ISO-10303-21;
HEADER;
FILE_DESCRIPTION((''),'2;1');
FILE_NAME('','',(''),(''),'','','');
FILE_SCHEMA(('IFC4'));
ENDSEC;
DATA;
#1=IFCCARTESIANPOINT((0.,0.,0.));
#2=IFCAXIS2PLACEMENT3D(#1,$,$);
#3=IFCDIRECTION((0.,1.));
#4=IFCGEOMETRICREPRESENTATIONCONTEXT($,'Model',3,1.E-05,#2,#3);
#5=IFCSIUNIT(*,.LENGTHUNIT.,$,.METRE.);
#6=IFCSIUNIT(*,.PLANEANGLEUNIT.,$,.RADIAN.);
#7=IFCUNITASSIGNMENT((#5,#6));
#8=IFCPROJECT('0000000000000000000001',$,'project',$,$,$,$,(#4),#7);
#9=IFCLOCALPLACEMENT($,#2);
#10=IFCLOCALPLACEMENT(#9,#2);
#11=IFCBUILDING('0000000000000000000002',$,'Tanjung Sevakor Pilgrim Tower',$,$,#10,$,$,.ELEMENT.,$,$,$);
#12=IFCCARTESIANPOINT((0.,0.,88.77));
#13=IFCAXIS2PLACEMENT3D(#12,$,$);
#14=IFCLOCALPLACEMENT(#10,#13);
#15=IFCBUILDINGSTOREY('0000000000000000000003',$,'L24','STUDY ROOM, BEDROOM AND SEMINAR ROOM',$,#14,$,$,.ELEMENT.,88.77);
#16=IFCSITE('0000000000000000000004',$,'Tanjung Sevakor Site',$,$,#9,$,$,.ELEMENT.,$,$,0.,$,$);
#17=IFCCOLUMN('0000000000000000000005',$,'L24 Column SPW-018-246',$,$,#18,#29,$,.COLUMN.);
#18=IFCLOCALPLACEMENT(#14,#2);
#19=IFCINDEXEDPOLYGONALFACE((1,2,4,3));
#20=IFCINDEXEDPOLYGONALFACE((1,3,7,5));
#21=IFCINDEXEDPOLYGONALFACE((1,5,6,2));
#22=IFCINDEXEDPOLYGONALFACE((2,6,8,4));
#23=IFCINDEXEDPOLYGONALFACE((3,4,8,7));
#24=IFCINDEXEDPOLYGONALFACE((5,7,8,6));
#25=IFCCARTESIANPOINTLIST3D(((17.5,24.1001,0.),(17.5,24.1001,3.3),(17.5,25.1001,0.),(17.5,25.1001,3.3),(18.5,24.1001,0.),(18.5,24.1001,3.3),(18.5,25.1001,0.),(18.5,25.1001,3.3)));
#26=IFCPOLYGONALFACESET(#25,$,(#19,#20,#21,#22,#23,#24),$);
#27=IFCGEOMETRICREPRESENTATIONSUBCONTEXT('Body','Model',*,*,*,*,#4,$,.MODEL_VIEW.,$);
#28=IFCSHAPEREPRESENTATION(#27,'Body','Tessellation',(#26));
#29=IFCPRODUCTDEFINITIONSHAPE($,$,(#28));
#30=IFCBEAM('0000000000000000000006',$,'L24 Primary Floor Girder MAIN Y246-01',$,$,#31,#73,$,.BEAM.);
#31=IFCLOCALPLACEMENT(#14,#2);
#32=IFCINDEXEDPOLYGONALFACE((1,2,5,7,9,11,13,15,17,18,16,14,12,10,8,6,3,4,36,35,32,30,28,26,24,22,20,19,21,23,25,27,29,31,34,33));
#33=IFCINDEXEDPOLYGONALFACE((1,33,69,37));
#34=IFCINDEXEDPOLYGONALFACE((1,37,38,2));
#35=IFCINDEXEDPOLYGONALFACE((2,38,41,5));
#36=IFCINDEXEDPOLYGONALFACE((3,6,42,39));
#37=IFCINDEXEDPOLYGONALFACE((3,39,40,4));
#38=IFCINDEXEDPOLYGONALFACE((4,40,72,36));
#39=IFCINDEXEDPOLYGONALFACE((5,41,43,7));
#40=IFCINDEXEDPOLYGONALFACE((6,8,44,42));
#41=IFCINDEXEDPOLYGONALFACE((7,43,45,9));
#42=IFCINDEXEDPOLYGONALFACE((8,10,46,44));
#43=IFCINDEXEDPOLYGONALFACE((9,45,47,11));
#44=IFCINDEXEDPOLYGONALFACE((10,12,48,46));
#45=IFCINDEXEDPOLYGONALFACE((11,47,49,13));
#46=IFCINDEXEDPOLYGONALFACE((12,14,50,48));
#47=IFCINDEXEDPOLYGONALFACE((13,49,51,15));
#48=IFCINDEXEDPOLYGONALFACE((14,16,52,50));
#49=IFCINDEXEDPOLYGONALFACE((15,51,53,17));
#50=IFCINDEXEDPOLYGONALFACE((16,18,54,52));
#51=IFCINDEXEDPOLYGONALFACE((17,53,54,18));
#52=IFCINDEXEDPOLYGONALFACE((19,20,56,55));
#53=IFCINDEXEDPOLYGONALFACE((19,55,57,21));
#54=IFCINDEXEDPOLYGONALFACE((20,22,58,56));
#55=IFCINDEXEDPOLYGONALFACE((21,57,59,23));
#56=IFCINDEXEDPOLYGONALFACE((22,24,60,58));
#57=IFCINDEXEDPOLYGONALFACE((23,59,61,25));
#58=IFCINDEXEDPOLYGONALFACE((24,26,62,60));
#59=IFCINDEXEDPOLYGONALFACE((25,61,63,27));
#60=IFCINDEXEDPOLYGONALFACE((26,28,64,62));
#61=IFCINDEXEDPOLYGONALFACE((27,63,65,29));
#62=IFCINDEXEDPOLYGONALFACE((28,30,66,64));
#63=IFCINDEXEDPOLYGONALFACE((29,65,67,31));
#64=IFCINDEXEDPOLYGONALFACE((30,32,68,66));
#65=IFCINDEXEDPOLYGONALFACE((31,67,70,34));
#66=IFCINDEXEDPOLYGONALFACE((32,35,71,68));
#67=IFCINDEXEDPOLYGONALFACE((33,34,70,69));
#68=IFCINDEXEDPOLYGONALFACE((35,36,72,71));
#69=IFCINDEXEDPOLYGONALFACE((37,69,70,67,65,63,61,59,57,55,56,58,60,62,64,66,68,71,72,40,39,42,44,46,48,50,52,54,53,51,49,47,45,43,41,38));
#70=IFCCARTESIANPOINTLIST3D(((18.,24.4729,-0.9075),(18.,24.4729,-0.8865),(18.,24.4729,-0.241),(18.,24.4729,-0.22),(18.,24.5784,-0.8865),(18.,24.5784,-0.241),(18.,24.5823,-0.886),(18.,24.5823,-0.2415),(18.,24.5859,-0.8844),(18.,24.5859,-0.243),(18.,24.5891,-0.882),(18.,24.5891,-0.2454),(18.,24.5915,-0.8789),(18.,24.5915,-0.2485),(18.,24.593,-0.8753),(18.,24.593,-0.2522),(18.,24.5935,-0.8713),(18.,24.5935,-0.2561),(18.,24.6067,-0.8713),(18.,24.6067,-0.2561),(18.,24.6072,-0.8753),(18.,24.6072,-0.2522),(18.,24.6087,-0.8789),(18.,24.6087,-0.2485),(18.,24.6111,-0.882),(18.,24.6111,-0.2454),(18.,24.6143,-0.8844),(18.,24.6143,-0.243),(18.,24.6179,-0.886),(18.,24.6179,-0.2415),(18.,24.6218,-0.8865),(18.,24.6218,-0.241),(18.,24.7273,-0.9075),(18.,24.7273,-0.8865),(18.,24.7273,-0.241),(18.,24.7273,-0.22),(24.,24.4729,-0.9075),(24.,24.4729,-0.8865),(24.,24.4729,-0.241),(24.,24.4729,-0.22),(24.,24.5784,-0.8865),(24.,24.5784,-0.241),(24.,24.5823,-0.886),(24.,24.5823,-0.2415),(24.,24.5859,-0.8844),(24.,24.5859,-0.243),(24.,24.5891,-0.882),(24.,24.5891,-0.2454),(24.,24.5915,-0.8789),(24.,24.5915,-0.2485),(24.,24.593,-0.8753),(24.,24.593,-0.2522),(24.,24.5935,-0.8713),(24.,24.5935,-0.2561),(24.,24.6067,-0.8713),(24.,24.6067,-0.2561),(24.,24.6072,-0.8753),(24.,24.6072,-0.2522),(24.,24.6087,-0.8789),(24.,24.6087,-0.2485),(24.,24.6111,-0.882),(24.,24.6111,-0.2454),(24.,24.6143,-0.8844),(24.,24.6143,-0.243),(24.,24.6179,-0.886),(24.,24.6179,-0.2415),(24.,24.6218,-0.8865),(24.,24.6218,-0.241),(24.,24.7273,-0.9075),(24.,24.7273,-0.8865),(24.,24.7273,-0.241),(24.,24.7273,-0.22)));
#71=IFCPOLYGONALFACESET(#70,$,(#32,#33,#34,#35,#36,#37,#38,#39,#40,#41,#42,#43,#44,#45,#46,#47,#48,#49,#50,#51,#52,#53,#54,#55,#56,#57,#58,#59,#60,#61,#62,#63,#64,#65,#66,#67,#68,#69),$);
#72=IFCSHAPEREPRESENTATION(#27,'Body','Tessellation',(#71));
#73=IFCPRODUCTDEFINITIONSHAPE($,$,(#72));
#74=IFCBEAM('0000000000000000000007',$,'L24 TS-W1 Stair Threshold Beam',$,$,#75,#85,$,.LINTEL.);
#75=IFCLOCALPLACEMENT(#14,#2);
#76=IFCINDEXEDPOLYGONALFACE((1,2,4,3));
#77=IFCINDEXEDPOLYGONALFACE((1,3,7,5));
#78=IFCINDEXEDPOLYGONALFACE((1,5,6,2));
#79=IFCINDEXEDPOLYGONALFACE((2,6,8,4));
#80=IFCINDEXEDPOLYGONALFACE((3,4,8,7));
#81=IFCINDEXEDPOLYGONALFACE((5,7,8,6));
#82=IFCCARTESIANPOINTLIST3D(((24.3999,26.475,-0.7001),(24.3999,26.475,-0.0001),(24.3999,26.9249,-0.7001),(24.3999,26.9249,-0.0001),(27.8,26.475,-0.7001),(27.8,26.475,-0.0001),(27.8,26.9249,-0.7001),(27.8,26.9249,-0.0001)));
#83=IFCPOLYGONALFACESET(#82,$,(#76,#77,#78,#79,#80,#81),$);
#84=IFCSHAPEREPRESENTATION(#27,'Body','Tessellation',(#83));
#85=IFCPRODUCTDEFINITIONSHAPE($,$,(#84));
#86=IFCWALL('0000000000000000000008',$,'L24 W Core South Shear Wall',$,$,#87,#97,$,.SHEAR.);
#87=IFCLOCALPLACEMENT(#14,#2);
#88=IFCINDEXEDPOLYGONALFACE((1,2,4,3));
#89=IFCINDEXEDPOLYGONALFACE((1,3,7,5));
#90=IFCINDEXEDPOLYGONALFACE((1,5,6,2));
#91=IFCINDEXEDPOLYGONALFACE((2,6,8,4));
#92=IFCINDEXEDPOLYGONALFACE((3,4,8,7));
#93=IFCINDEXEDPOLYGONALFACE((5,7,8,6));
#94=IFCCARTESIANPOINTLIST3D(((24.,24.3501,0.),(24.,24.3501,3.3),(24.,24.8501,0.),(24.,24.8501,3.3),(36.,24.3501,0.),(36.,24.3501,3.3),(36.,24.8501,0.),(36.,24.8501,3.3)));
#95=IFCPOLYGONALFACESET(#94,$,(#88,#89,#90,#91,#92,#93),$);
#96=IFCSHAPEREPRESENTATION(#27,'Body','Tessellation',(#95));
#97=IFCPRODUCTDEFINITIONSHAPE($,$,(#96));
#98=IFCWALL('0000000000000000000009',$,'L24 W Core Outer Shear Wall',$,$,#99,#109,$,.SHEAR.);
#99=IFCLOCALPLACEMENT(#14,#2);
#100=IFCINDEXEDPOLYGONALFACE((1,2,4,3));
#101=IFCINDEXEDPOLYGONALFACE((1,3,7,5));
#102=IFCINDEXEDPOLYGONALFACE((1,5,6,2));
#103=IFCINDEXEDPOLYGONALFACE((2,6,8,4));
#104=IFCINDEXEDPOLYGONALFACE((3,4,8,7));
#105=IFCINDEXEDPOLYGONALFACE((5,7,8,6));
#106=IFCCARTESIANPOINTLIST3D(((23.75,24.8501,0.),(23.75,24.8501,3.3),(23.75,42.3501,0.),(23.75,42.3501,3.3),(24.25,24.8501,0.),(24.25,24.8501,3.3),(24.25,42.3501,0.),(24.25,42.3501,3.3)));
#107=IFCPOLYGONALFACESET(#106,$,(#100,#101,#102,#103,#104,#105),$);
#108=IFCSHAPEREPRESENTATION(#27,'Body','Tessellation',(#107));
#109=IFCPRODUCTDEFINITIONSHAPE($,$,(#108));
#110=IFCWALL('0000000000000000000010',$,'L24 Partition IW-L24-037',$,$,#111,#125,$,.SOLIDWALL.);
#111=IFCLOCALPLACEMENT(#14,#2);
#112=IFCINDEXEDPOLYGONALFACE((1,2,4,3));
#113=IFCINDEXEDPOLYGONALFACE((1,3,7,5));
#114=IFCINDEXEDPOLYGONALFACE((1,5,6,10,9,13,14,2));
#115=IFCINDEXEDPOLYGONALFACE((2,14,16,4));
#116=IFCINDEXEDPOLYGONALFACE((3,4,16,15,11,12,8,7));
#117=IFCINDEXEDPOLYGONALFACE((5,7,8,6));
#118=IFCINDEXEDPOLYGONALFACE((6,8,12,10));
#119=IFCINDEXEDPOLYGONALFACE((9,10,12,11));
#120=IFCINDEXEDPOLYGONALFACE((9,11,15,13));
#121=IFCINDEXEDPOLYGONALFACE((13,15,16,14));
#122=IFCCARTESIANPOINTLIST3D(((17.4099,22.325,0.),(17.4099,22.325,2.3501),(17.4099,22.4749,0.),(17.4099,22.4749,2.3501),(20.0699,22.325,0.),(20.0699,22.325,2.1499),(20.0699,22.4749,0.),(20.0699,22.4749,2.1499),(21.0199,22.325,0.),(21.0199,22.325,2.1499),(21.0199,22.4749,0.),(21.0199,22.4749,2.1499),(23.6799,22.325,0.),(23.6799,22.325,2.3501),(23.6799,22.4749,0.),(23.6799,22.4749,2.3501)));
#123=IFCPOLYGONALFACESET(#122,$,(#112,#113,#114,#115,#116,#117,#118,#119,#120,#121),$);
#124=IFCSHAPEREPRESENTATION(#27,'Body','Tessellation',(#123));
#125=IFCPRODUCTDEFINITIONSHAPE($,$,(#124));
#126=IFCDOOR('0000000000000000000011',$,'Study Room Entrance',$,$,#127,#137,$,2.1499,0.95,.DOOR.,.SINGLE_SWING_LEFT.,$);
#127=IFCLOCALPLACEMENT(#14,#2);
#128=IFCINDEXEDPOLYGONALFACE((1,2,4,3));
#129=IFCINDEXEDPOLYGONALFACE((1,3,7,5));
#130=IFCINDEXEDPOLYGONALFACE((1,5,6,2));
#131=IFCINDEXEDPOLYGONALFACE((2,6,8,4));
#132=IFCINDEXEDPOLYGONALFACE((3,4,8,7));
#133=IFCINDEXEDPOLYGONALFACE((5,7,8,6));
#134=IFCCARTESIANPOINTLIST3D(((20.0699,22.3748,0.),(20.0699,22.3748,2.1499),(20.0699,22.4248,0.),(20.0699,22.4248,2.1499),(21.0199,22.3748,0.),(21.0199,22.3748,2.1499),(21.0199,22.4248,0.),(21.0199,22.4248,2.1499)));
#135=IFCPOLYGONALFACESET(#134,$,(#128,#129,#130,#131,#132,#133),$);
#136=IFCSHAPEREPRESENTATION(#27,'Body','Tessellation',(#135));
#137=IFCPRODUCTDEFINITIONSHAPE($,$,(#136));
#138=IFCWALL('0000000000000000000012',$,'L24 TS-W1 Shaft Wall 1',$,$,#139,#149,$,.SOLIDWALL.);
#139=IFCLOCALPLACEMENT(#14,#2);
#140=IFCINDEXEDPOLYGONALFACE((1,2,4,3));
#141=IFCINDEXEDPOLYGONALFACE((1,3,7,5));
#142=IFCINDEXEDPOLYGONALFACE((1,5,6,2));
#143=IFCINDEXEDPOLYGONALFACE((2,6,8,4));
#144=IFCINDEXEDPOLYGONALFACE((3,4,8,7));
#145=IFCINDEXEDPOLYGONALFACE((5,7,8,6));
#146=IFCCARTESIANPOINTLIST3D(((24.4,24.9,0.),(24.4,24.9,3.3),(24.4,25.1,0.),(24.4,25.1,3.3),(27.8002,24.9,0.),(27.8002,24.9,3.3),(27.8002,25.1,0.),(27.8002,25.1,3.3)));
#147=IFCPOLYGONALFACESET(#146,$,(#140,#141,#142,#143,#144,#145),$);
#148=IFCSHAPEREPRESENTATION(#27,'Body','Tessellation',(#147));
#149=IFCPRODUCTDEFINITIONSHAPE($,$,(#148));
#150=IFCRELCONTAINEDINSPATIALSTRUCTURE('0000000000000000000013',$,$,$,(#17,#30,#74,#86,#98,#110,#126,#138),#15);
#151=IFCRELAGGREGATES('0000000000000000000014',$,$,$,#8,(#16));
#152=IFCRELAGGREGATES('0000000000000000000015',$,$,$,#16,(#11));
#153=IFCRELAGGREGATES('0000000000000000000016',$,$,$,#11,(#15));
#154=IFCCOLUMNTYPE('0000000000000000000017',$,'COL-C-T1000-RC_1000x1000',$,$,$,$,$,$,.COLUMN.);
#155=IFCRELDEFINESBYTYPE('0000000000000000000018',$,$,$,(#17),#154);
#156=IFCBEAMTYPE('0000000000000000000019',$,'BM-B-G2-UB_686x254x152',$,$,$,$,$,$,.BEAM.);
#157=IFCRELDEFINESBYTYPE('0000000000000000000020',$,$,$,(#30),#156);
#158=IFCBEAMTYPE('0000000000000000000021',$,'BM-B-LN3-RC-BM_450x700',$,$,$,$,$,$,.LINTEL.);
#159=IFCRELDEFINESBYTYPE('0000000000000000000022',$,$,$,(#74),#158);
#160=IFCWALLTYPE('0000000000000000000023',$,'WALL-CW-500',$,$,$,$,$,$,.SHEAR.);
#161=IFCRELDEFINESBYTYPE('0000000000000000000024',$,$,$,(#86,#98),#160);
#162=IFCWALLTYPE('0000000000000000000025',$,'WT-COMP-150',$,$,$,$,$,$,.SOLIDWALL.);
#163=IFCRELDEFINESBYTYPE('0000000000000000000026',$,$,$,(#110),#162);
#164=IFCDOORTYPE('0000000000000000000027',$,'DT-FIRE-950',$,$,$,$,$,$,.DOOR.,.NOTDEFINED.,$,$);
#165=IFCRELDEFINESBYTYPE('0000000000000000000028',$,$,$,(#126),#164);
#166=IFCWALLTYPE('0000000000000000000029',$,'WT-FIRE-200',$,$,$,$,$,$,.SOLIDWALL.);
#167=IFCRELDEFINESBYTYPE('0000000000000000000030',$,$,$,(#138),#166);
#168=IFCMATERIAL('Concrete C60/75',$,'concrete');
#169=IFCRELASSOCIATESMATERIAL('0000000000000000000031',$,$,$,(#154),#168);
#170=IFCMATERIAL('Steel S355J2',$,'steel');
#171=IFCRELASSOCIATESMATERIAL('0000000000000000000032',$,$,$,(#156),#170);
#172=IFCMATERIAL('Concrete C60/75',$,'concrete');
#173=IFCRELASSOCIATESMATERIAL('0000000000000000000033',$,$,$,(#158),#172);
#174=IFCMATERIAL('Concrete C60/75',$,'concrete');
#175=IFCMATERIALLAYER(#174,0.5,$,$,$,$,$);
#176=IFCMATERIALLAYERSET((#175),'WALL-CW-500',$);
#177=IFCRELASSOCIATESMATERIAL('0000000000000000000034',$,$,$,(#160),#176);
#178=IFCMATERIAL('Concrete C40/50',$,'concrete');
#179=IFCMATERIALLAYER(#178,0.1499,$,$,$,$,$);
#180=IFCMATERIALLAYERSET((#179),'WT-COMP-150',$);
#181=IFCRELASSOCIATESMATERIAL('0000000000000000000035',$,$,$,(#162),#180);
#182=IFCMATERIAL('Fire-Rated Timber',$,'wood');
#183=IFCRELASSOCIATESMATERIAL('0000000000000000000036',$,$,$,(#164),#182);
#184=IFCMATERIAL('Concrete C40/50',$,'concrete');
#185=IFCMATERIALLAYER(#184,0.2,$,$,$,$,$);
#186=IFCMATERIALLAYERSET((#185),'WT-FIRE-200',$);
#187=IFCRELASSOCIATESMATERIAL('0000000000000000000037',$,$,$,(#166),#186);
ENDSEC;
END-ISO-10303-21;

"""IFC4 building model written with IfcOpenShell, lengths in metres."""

from ifc_helpers import new_model, si_unit, direction, frame, frame_2d, origin, origin_2d, place, context, subcontext, project, spatial, rectangle, i_section, extrude, material, layer, layer_set, material_profile, profile_set, type_object, element, fill, save


model = new_model("IFC4")

# Units and contexts
model_context = context("Model", 3, precision=1e-05, world=origin(), true_north=direction((0.0, 1.0)))
body_context = subcontext(model_context, "Body", "Model", "MODEL_VIEW")
ifc_project = project(units=[si_unit("LENGTHUNIT", "METRE"), si_unit("PLANEANGLEUNIT", "RADIAN")], contexts=[model_context])

# Site, building, storey
site_placement = place(None, origin())
site = spatial("IfcSite", under=ifc_project, at=site_placement, Name="Tanjung Sevakor Site", CompositionType="ELEMENT", RefElevation=0.0)
building_placement = place(site_placement, origin())
building = spatial("IfcBuilding", under=site, at=building_placement, Name="Tanjung Sevakor Pilgrim Tower", CompositionType="ELEMENT")
storey_placement = place(building_placement, frame((0.0, 0.0, 88.77)))
storey = spatial("IfcBuildingStorey", under=building, at=storey_placement, Name="L24", Description="STUDY ROOM, BEDROOM AND SEMINAR ROOM", CompositionType="ELEMENT", Elevation=88.77)

# Column
ifc_material_1 = material(Name="Concrete C60/75", Category="concrete")
ifc_material_profile_1 = material_profile(ifc_material_1, rectangle(XDim=1.0, YDim=1.0, at=origin_2d()))
ifc_profile_set_1 = profile_set([ifc_material_profile_1], Name="Concrete C60/75")
column_type = type_object("IfcColumnType", Name="COL-C-T1000-RC_1000x1000", PredefinedType="COLUMN", material=ifc_profile_set_1)
column_placement = place(storey_placement, frame((18.0, 24.6001, 0.0), z_axis=(0.0, 0.0, 1.0), x_axis=(1.0, 0.0, 0.0)))
element("IfcColumn", 1, at=column_placement, inside=storey, type_object=column_type, Name="L24 Column SPW-018-246", PredefinedType="COLUMN", context=body_context, shape_type="SweptSolid", body=[
    extrude(rectangle(XDim=1.0, YDim=1.0, at=origin_2d()), origin(), (0.0, 0.0, 1.0), 3.3),
])

# Beams
ifc_material_2 = material(Name="Steel S355J2", Category="steel")
ifc_material_profile_2 = material_profile(ifc_material_2, i_section(OverallWidth=0.2544, OverallDepth=0.6875, WebThickness=0.0132, FlangeThickness=0.021, FilletRadius=0.0151, at=origin_2d()))
ifc_profile_set_2 = profile_set([ifc_material_profile_2], Name="Steel S355J2")
beam_type_1 = type_object("IfcBeamType", Name="BM-B-G2-UB_686x254x152", PredefinedType="BEAM", material=ifc_profile_set_2)
beam_1_placement = place(storey_placement, frame((18.0, 24.6001, -0.5637), z_axis=(1.0, 0.0, 0.0), x_axis=(0.0, 1.0, 0.0)))
element("IfcBeam", 2, at=beam_1_placement, inside=storey, type_object=beam_type_1, Name="L24 Primary Floor Girder MAIN Y246-01", PredefinedType="BEAM", context=body_context, shape_type="SweptSolid", body=[
    extrude(i_section(OverallWidth=0.2544, OverallDepth=0.6875, WebThickness=0.0132, FlangeThickness=0.021, FilletRadius=0.0151, at=origin_2d()), origin(), (0.0, 0.0, 1.0), 6.0),
])
ifc_material_3 = material(Name="Concrete C60/75", Category="concrete")
ifc_material_profile_3 = material_profile(ifc_material_3, rectangle(XDim=0.45, YDim=0.7, at=origin_2d()))
ifc_profile_set_3 = profile_set([ifc_material_profile_3], Name="Concrete C60/75")
beam_type_2 = type_object("IfcBeamType", Name="BM-B-LN3-RC-BM_450x700", PredefinedType="LINTEL", material=ifc_profile_set_3)
beam_2_placement = place(storey_placement, frame((24.3999, 26.7, -0.3501), z_axis=(1.0, 0.0, 0.0), x_axis=(0.0, 1.0, 0.0)))
element("IfcBeam", 3, at=beam_2_placement, inside=storey, type_object=beam_type_2, Name="L24 TS-W1 Stair Threshold Beam", PredefinedType="LINTEL", context=body_context, shape_type="SweptSolid", body=[
    extrude(rectangle(XDim=0.45, YDim=0.7, at=origin_2d()), origin(), (0.0, 0.0, 1.0), 3.4001),
])

# Walls
ifc_material_4 = material(Name="Concrete C60/75", Category="concrete")
ifc_layer_1 = layer(ifc_material_4, 0.5)
ifc_layer_set_1 = layer_set([ifc_layer_1], Name="WALL-CW-500")
wall_type_1 = type_object("IfcWallType", Name="WALL-CW-500", PredefinedType="SHEAR", material=ifc_layer_set_1)
wall_1_placement = place(storey_placement, frame((24.0, 24.6001, 0.0), z_axis=(0.0, 0.0, 1.0), x_axis=(1.0, 0.0, 0.0)))
element("IfcWall", 4, at=wall_1_placement, inside=storey, type_object=wall_type_1, Name="L24 W Core South Shear Wall", PredefinedType="SHEAR", context=body_context, shape_type="SweptSolid", body=[
    extrude(rectangle(XDim=12.0, YDim=0.5, at=frame_2d((6.0, 0.0))), origin(), (0.0, 0.0, 1.0), 3.3),
])
wall_2_placement = place(storey_placement, frame((24.0, 24.8501, 0.0), z_axis=(0.0, 0.0, 1.0), x_axis=(0.0, 1.0, 0.0)))
element("IfcWall", 5, at=wall_2_placement, inside=storey, type_object=wall_type_1, Name="L24 W Core Outer Shear Wall", PredefinedType="SHEAR", context=body_context, shape_type="SweptSolid", body=[
    extrude(rectangle(XDim=17.5, YDim=0.5, at=frame_2d((8.75, 0.0))), origin(), (0.0, 0.0, 1.0), 3.3),
])

# Wall, opening, door
ifc_material_5 = material(Name="Concrete C40/50", Category="concrete")
ifc_layer_2 = layer(ifc_material_5, 0.1499)
ifc_layer_set_2 = layer_set([ifc_layer_2], Name="WT-COMP-150")
wall_type_2 = type_object("IfcWallType", Name="WT-COMP-150", PredefinedType="SOLIDWALL", material=ifc_layer_set_2)
wall_3_placement = place(storey_placement, frame((17.4099, 22.3999, 0.0), z_axis=(0.0, 0.0, 1.0), x_axis=(1.0, 0.0, 0.0)))
wall_3 = element("IfcWall", 6, at=wall_3_placement, inside=storey, type_object=wall_type_2, Name="L24 Partition IW-L24-037", PredefinedType="SOLIDWALL", context=body_context, shape_type="SweptSolid", body=[
    extrude(rectangle(XDim=6.27, YDim=0.1499, at=frame_2d((3.135, 0.0))), origin(), (0.0, 0.0, 1.0), 2.3501),
])
opening_1_placement = place(wall_3_placement, frame((2.6599, 0.0, 0.0)))
opening_1 = element("IfcOpeningElement", 7, at=opening_1_placement, cuts=wall_3, PredefinedType="OPENING", context=body_context, shape_type="SweptSolid", body=[
    extrude(rectangle(XDim=0.95, YDim=2.1499, at=frame_2d((0.4751, 1.075))), frame((0.0, 0.085, 0.0), z_axis=(0.0, -1.0, 0.0), x_axis=(1.0, 0.0, 0.0)), (0.0, 0.0, 1.0), 0.1699),
])
ifc_material_6 = material(Name="Fire-Rated Timber", Category="wood")
door_type_1 = type_object("IfcDoorType", Name="DT-FIRE-950", OperationType="NOTDEFINED", PredefinedType="DOOR", material=ifc_material_6)
door_1_placement = place(opening_1_placement, origin())
door_1 = element("IfcDoor", 8, at=door_1_placement, inside=storey, type_object=door_type_1, Name="Study Room Entrance", OperationType="SINGLE_SWING_LEFT", OverallHeight=2.1499, OverallWidth=0.95, PredefinedType="DOOR", context=body_context, shape_type="SweptSolid", body=[
    extrude(rectangle(XDim=0.95, YDim=2.1499, at=frame_2d((0.4751, 1.075))), frame((0.0, 0.0249, 0.0), z_axis=(0.0, -1.0, 0.0), x_axis=(1.0, 0.0, 0.0)), (0.0, 0.0, 1.0), 0.05),
])
fill(opening_1, door_1)

# Wall
ifc_material_7 = material(Name="Concrete C40/50", Category="concrete")
ifc_layer_3 = layer(ifc_material_7, 0.2)
ifc_layer_set_3 = layer_set([ifc_layer_3], Name="WT-FIRE-200")
wall_type_3 = type_object("IfcWallType", Name="WT-FIRE-200", PredefinedType="SOLIDWALL", material=ifc_layer_set_3)
wall_4_placement = place(storey_placement, frame((24.3999, 25.0, 0.0), z_axis=(0.0, 0.0, 1.0), x_axis=(1.0, 0.0, 0.0)))
element("IfcWall", 9, at=wall_4_placement, inside=storey, type_object=wall_type_3, Name="L24 TS-W1 Shaft Wall 1", PredefinedType="SOLIDWALL", context=body_context, shape_type="SweptSolid", body=[
    extrude(rectangle(XDim=3.4001, YDim=0.2, at=frame_2d((1.7002, 0.0))), origin(), (0.0, 0.0, 1.0), 3.3),
])

save(model, "model.ifc")
